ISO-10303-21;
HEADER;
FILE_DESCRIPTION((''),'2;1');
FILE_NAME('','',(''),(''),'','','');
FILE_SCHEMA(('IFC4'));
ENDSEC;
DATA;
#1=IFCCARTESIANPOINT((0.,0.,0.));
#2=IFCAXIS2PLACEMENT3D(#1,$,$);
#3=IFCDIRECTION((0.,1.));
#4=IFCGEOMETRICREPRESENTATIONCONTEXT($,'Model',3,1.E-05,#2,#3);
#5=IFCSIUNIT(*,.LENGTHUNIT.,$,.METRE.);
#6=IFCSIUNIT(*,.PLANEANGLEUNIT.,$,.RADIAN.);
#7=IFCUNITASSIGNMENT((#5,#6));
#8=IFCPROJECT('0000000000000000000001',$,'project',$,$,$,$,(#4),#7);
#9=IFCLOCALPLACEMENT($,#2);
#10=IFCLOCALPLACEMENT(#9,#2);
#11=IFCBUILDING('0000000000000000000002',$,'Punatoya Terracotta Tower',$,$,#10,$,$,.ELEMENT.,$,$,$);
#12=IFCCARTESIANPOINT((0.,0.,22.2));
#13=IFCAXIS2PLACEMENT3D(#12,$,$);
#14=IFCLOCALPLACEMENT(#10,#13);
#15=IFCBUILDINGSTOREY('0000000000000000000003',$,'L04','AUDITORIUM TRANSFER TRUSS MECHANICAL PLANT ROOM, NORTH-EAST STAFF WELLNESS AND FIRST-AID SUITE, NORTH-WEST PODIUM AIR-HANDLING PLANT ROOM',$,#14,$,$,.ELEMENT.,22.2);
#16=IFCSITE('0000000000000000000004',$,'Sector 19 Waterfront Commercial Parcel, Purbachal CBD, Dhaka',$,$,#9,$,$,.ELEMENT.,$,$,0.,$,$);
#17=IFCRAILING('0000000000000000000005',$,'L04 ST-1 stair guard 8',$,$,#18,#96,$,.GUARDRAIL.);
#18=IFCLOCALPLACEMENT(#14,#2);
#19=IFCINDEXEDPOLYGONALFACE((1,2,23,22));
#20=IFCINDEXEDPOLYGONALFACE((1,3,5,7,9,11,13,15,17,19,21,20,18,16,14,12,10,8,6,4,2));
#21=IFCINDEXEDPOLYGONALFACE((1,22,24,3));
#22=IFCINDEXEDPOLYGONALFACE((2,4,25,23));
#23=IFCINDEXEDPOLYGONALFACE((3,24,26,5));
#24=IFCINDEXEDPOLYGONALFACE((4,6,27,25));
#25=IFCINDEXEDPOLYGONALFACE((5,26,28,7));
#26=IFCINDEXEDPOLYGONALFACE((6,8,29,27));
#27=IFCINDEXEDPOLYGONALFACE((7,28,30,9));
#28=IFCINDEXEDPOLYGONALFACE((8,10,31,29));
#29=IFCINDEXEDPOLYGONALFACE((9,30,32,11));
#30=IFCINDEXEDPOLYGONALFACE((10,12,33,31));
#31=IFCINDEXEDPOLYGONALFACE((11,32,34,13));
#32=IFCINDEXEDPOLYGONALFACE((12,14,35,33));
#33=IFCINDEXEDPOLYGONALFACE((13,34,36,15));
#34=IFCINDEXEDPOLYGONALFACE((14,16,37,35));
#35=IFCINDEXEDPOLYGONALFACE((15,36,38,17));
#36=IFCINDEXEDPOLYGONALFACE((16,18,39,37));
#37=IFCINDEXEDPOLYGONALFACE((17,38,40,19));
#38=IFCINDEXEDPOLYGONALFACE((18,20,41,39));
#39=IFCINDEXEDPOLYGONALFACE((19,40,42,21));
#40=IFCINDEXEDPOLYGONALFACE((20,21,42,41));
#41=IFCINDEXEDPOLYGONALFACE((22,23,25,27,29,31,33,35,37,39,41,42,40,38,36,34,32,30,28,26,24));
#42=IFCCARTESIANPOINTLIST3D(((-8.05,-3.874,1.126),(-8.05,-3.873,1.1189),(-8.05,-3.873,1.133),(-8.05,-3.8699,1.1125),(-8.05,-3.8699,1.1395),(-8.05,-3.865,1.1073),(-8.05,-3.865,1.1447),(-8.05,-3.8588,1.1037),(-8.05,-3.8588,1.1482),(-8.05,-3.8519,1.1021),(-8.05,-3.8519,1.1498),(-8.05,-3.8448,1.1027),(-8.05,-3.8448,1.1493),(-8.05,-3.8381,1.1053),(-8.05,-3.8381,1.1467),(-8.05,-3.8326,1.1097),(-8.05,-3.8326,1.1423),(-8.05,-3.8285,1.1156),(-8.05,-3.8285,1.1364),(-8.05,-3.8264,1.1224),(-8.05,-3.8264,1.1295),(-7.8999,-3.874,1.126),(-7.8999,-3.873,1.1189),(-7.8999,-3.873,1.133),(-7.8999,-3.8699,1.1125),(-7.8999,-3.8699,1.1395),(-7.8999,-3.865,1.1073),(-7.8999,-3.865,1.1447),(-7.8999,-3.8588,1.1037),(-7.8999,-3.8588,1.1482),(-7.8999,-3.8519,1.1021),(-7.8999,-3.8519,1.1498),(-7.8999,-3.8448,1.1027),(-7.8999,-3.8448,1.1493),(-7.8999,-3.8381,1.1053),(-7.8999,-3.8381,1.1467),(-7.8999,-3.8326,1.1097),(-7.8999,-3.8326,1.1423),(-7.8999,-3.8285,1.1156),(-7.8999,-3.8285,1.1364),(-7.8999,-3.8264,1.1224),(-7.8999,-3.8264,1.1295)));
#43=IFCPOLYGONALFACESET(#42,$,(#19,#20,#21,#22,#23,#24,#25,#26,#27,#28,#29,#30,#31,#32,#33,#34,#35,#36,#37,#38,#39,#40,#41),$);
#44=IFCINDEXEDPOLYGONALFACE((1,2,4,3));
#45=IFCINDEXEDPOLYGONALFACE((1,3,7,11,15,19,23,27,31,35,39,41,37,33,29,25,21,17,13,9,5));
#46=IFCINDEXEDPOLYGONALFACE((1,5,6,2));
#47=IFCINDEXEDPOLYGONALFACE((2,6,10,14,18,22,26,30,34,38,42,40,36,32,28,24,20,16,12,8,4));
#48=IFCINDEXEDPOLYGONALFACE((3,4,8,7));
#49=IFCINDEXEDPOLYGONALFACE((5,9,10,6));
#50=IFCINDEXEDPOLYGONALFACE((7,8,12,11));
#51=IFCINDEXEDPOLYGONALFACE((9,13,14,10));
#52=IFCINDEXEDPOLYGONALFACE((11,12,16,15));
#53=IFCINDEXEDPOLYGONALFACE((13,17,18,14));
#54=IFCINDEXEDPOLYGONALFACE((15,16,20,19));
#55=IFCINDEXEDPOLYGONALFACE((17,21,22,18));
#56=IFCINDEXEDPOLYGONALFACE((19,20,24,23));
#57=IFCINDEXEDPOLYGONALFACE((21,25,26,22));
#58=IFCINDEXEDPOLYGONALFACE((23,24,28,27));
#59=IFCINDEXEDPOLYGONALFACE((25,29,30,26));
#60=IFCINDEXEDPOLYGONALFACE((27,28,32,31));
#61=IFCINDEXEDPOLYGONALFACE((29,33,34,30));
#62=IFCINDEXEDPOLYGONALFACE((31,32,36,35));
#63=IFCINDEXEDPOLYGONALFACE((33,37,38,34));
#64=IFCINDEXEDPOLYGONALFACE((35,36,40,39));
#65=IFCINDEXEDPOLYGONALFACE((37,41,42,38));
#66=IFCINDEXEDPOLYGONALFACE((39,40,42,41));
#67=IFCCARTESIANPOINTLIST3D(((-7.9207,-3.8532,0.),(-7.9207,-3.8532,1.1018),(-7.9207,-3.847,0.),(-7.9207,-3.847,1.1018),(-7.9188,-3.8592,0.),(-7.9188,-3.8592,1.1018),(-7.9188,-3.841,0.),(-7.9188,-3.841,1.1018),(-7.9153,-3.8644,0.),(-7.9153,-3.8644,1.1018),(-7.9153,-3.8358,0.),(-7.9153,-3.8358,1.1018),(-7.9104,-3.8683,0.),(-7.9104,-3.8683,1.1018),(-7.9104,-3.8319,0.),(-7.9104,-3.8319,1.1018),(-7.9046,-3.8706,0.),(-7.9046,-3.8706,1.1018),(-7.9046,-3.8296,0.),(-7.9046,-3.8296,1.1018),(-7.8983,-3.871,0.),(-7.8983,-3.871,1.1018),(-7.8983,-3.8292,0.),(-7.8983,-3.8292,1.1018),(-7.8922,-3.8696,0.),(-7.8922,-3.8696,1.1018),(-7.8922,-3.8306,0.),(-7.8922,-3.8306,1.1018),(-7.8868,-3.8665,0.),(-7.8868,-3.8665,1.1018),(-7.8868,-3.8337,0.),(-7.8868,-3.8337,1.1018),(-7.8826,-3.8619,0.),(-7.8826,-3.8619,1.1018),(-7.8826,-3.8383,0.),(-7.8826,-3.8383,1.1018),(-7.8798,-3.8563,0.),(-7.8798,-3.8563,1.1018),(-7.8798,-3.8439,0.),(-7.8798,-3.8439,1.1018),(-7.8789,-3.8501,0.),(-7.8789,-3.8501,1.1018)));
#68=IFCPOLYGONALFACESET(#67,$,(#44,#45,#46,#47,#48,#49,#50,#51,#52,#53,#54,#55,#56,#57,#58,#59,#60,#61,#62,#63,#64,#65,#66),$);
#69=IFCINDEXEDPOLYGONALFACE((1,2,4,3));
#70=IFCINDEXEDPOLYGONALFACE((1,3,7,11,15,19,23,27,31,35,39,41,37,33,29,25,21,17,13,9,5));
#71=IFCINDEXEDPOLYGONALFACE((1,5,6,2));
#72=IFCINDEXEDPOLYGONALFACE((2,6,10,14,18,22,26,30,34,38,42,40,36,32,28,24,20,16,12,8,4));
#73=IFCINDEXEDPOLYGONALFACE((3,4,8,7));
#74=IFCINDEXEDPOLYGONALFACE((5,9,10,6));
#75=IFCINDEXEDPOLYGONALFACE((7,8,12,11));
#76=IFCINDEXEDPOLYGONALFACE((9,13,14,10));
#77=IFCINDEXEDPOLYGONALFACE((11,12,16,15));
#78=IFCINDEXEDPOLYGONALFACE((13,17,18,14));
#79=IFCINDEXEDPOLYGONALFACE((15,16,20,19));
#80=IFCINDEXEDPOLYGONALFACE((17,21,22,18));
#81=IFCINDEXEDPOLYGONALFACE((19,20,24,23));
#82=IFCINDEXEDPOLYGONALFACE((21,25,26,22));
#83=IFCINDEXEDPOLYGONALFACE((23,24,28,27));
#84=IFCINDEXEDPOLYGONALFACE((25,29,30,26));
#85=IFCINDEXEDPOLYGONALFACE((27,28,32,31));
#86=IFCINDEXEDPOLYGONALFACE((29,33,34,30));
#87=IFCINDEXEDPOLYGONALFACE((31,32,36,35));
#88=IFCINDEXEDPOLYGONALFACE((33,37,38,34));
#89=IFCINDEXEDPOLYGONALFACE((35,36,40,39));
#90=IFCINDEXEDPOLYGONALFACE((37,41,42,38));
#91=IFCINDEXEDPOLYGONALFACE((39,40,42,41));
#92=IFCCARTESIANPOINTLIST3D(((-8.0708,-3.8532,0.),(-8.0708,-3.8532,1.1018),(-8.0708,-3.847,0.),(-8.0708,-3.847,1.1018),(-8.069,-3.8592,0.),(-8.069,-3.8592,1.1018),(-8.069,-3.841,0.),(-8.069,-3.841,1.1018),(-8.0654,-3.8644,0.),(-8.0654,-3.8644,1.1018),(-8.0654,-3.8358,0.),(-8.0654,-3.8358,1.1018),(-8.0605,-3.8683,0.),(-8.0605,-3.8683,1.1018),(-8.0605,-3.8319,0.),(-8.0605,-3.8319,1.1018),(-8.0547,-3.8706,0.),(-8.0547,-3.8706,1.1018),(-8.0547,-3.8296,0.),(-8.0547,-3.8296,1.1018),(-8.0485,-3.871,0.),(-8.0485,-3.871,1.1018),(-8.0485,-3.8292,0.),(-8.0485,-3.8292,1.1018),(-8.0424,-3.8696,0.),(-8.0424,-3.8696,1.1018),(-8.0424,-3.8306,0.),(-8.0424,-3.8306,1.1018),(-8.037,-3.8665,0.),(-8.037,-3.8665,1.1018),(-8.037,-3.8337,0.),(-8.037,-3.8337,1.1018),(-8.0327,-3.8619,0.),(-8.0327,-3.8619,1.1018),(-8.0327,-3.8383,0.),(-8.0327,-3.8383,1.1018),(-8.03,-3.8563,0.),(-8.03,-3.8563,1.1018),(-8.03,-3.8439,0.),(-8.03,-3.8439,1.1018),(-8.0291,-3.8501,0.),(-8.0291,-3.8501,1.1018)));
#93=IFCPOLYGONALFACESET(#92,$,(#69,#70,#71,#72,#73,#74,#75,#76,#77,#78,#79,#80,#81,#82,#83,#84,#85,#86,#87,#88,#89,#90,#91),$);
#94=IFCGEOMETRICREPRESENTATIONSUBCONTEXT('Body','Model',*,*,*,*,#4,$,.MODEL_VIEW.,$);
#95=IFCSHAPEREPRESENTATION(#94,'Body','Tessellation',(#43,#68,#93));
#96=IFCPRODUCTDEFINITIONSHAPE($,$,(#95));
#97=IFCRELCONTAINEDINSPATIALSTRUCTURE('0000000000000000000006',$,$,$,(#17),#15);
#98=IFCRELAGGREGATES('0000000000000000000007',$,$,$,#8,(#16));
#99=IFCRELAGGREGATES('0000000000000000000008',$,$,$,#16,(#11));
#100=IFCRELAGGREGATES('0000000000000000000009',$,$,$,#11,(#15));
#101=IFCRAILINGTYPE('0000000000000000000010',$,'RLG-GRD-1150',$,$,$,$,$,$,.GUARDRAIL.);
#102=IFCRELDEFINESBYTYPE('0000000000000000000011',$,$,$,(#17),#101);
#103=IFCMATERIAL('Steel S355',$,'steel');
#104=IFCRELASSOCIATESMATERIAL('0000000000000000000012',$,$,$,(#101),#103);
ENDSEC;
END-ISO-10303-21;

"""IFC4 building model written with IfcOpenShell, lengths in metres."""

from ifc_helpers import new_model, si_unit, direction, frame, origin, origin_2d, place, context, subcontext, project, spatial, circle, extrude, material, type_object, element, save


model = new_model("IFC4")

# Units and contexts
model_context = context("Model", 3, precision=1e-05, world=origin(), true_north=direction((0.0, 1.0)))
body_context = subcontext(model_context, "Body", "Model", "MODEL_VIEW")
ifc_project = project(units=[si_unit("LENGTHUNIT", "METRE"), si_unit("PLANEANGLEUNIT", "RADIAN")], contexts=[model_context])

# Site, building, storey
site_placement = place(None, origin())
site = spatial("IfcSite", under=ifc_project, at=site_placement, Name="Sector 19 Waterfront Commercial Parcel, Purbachal CBD, Dhaka", CompositionType="ELEMENT", RefElevation=0.0)
building_placement = place(site_placement, origin())
building = spatial("IfcBuilding", under=site, at=building_placement, Name="Punatoya Terracotta Tower", CompositionType="ELEMENT")
storey_placement = place(building_placement, frame((0.0, 0.0, 22.2)))
storey = spatial("IfcBuildingStorey", under=building, at=storey_placement, Name="L04", Description="AUDITORIUM TRANSFER TRUSS MECHANICAL PLANT ROOM, NORTH-EAST STAFF WELLNESS AND FIRST-AID SUITE, NORTH-WEST PODIUM AIR-HANDLING PLANT ROOM", CompositionType="ELEMENT", Elevation=22.2)

# Railing
ifc_material_1 = material(Name="Steel S355", Category="steel")
railing_type_1 = type_object("IfcRailingType", Name="RLG-GRD-1150", PredefinedType="GUARDRAIL", material=ifc_material_1)
railing_1_placement = place(storey_placement, frame((-7.8999, -3.8501, 0.0)))
element("IfcRailing", 1, at=railing_1_placement, inside=storey, type_object=railing_type_1, Name="L04 ST-1 stair guard 8", PredefinedType="GUARDRAIL", context=body_context, shape_type="SweptSolid", body=[
    extrude(circle(Radius=0.0239, at=origin_2d()), frame((0.0, 0.0, 1.126), z_axis=(-1.0, 0.0, 0.0), x_axis=(0.0, -1.0, 0.0)), (0.0, 0.0, 1.0), 0.1501),
    extrude(circle(Radius=0.021, at=origin_2d()), origin(), (0.0, 0.0, 1.0), 1.1018),
    extrude(circle(Radius=0.021, at=origin_2d()), frame((-0.1501, 0.0, 0.0)), (0.0, 0.0, 1.0), 1.1018),
])

save(model, "model.ifc")
